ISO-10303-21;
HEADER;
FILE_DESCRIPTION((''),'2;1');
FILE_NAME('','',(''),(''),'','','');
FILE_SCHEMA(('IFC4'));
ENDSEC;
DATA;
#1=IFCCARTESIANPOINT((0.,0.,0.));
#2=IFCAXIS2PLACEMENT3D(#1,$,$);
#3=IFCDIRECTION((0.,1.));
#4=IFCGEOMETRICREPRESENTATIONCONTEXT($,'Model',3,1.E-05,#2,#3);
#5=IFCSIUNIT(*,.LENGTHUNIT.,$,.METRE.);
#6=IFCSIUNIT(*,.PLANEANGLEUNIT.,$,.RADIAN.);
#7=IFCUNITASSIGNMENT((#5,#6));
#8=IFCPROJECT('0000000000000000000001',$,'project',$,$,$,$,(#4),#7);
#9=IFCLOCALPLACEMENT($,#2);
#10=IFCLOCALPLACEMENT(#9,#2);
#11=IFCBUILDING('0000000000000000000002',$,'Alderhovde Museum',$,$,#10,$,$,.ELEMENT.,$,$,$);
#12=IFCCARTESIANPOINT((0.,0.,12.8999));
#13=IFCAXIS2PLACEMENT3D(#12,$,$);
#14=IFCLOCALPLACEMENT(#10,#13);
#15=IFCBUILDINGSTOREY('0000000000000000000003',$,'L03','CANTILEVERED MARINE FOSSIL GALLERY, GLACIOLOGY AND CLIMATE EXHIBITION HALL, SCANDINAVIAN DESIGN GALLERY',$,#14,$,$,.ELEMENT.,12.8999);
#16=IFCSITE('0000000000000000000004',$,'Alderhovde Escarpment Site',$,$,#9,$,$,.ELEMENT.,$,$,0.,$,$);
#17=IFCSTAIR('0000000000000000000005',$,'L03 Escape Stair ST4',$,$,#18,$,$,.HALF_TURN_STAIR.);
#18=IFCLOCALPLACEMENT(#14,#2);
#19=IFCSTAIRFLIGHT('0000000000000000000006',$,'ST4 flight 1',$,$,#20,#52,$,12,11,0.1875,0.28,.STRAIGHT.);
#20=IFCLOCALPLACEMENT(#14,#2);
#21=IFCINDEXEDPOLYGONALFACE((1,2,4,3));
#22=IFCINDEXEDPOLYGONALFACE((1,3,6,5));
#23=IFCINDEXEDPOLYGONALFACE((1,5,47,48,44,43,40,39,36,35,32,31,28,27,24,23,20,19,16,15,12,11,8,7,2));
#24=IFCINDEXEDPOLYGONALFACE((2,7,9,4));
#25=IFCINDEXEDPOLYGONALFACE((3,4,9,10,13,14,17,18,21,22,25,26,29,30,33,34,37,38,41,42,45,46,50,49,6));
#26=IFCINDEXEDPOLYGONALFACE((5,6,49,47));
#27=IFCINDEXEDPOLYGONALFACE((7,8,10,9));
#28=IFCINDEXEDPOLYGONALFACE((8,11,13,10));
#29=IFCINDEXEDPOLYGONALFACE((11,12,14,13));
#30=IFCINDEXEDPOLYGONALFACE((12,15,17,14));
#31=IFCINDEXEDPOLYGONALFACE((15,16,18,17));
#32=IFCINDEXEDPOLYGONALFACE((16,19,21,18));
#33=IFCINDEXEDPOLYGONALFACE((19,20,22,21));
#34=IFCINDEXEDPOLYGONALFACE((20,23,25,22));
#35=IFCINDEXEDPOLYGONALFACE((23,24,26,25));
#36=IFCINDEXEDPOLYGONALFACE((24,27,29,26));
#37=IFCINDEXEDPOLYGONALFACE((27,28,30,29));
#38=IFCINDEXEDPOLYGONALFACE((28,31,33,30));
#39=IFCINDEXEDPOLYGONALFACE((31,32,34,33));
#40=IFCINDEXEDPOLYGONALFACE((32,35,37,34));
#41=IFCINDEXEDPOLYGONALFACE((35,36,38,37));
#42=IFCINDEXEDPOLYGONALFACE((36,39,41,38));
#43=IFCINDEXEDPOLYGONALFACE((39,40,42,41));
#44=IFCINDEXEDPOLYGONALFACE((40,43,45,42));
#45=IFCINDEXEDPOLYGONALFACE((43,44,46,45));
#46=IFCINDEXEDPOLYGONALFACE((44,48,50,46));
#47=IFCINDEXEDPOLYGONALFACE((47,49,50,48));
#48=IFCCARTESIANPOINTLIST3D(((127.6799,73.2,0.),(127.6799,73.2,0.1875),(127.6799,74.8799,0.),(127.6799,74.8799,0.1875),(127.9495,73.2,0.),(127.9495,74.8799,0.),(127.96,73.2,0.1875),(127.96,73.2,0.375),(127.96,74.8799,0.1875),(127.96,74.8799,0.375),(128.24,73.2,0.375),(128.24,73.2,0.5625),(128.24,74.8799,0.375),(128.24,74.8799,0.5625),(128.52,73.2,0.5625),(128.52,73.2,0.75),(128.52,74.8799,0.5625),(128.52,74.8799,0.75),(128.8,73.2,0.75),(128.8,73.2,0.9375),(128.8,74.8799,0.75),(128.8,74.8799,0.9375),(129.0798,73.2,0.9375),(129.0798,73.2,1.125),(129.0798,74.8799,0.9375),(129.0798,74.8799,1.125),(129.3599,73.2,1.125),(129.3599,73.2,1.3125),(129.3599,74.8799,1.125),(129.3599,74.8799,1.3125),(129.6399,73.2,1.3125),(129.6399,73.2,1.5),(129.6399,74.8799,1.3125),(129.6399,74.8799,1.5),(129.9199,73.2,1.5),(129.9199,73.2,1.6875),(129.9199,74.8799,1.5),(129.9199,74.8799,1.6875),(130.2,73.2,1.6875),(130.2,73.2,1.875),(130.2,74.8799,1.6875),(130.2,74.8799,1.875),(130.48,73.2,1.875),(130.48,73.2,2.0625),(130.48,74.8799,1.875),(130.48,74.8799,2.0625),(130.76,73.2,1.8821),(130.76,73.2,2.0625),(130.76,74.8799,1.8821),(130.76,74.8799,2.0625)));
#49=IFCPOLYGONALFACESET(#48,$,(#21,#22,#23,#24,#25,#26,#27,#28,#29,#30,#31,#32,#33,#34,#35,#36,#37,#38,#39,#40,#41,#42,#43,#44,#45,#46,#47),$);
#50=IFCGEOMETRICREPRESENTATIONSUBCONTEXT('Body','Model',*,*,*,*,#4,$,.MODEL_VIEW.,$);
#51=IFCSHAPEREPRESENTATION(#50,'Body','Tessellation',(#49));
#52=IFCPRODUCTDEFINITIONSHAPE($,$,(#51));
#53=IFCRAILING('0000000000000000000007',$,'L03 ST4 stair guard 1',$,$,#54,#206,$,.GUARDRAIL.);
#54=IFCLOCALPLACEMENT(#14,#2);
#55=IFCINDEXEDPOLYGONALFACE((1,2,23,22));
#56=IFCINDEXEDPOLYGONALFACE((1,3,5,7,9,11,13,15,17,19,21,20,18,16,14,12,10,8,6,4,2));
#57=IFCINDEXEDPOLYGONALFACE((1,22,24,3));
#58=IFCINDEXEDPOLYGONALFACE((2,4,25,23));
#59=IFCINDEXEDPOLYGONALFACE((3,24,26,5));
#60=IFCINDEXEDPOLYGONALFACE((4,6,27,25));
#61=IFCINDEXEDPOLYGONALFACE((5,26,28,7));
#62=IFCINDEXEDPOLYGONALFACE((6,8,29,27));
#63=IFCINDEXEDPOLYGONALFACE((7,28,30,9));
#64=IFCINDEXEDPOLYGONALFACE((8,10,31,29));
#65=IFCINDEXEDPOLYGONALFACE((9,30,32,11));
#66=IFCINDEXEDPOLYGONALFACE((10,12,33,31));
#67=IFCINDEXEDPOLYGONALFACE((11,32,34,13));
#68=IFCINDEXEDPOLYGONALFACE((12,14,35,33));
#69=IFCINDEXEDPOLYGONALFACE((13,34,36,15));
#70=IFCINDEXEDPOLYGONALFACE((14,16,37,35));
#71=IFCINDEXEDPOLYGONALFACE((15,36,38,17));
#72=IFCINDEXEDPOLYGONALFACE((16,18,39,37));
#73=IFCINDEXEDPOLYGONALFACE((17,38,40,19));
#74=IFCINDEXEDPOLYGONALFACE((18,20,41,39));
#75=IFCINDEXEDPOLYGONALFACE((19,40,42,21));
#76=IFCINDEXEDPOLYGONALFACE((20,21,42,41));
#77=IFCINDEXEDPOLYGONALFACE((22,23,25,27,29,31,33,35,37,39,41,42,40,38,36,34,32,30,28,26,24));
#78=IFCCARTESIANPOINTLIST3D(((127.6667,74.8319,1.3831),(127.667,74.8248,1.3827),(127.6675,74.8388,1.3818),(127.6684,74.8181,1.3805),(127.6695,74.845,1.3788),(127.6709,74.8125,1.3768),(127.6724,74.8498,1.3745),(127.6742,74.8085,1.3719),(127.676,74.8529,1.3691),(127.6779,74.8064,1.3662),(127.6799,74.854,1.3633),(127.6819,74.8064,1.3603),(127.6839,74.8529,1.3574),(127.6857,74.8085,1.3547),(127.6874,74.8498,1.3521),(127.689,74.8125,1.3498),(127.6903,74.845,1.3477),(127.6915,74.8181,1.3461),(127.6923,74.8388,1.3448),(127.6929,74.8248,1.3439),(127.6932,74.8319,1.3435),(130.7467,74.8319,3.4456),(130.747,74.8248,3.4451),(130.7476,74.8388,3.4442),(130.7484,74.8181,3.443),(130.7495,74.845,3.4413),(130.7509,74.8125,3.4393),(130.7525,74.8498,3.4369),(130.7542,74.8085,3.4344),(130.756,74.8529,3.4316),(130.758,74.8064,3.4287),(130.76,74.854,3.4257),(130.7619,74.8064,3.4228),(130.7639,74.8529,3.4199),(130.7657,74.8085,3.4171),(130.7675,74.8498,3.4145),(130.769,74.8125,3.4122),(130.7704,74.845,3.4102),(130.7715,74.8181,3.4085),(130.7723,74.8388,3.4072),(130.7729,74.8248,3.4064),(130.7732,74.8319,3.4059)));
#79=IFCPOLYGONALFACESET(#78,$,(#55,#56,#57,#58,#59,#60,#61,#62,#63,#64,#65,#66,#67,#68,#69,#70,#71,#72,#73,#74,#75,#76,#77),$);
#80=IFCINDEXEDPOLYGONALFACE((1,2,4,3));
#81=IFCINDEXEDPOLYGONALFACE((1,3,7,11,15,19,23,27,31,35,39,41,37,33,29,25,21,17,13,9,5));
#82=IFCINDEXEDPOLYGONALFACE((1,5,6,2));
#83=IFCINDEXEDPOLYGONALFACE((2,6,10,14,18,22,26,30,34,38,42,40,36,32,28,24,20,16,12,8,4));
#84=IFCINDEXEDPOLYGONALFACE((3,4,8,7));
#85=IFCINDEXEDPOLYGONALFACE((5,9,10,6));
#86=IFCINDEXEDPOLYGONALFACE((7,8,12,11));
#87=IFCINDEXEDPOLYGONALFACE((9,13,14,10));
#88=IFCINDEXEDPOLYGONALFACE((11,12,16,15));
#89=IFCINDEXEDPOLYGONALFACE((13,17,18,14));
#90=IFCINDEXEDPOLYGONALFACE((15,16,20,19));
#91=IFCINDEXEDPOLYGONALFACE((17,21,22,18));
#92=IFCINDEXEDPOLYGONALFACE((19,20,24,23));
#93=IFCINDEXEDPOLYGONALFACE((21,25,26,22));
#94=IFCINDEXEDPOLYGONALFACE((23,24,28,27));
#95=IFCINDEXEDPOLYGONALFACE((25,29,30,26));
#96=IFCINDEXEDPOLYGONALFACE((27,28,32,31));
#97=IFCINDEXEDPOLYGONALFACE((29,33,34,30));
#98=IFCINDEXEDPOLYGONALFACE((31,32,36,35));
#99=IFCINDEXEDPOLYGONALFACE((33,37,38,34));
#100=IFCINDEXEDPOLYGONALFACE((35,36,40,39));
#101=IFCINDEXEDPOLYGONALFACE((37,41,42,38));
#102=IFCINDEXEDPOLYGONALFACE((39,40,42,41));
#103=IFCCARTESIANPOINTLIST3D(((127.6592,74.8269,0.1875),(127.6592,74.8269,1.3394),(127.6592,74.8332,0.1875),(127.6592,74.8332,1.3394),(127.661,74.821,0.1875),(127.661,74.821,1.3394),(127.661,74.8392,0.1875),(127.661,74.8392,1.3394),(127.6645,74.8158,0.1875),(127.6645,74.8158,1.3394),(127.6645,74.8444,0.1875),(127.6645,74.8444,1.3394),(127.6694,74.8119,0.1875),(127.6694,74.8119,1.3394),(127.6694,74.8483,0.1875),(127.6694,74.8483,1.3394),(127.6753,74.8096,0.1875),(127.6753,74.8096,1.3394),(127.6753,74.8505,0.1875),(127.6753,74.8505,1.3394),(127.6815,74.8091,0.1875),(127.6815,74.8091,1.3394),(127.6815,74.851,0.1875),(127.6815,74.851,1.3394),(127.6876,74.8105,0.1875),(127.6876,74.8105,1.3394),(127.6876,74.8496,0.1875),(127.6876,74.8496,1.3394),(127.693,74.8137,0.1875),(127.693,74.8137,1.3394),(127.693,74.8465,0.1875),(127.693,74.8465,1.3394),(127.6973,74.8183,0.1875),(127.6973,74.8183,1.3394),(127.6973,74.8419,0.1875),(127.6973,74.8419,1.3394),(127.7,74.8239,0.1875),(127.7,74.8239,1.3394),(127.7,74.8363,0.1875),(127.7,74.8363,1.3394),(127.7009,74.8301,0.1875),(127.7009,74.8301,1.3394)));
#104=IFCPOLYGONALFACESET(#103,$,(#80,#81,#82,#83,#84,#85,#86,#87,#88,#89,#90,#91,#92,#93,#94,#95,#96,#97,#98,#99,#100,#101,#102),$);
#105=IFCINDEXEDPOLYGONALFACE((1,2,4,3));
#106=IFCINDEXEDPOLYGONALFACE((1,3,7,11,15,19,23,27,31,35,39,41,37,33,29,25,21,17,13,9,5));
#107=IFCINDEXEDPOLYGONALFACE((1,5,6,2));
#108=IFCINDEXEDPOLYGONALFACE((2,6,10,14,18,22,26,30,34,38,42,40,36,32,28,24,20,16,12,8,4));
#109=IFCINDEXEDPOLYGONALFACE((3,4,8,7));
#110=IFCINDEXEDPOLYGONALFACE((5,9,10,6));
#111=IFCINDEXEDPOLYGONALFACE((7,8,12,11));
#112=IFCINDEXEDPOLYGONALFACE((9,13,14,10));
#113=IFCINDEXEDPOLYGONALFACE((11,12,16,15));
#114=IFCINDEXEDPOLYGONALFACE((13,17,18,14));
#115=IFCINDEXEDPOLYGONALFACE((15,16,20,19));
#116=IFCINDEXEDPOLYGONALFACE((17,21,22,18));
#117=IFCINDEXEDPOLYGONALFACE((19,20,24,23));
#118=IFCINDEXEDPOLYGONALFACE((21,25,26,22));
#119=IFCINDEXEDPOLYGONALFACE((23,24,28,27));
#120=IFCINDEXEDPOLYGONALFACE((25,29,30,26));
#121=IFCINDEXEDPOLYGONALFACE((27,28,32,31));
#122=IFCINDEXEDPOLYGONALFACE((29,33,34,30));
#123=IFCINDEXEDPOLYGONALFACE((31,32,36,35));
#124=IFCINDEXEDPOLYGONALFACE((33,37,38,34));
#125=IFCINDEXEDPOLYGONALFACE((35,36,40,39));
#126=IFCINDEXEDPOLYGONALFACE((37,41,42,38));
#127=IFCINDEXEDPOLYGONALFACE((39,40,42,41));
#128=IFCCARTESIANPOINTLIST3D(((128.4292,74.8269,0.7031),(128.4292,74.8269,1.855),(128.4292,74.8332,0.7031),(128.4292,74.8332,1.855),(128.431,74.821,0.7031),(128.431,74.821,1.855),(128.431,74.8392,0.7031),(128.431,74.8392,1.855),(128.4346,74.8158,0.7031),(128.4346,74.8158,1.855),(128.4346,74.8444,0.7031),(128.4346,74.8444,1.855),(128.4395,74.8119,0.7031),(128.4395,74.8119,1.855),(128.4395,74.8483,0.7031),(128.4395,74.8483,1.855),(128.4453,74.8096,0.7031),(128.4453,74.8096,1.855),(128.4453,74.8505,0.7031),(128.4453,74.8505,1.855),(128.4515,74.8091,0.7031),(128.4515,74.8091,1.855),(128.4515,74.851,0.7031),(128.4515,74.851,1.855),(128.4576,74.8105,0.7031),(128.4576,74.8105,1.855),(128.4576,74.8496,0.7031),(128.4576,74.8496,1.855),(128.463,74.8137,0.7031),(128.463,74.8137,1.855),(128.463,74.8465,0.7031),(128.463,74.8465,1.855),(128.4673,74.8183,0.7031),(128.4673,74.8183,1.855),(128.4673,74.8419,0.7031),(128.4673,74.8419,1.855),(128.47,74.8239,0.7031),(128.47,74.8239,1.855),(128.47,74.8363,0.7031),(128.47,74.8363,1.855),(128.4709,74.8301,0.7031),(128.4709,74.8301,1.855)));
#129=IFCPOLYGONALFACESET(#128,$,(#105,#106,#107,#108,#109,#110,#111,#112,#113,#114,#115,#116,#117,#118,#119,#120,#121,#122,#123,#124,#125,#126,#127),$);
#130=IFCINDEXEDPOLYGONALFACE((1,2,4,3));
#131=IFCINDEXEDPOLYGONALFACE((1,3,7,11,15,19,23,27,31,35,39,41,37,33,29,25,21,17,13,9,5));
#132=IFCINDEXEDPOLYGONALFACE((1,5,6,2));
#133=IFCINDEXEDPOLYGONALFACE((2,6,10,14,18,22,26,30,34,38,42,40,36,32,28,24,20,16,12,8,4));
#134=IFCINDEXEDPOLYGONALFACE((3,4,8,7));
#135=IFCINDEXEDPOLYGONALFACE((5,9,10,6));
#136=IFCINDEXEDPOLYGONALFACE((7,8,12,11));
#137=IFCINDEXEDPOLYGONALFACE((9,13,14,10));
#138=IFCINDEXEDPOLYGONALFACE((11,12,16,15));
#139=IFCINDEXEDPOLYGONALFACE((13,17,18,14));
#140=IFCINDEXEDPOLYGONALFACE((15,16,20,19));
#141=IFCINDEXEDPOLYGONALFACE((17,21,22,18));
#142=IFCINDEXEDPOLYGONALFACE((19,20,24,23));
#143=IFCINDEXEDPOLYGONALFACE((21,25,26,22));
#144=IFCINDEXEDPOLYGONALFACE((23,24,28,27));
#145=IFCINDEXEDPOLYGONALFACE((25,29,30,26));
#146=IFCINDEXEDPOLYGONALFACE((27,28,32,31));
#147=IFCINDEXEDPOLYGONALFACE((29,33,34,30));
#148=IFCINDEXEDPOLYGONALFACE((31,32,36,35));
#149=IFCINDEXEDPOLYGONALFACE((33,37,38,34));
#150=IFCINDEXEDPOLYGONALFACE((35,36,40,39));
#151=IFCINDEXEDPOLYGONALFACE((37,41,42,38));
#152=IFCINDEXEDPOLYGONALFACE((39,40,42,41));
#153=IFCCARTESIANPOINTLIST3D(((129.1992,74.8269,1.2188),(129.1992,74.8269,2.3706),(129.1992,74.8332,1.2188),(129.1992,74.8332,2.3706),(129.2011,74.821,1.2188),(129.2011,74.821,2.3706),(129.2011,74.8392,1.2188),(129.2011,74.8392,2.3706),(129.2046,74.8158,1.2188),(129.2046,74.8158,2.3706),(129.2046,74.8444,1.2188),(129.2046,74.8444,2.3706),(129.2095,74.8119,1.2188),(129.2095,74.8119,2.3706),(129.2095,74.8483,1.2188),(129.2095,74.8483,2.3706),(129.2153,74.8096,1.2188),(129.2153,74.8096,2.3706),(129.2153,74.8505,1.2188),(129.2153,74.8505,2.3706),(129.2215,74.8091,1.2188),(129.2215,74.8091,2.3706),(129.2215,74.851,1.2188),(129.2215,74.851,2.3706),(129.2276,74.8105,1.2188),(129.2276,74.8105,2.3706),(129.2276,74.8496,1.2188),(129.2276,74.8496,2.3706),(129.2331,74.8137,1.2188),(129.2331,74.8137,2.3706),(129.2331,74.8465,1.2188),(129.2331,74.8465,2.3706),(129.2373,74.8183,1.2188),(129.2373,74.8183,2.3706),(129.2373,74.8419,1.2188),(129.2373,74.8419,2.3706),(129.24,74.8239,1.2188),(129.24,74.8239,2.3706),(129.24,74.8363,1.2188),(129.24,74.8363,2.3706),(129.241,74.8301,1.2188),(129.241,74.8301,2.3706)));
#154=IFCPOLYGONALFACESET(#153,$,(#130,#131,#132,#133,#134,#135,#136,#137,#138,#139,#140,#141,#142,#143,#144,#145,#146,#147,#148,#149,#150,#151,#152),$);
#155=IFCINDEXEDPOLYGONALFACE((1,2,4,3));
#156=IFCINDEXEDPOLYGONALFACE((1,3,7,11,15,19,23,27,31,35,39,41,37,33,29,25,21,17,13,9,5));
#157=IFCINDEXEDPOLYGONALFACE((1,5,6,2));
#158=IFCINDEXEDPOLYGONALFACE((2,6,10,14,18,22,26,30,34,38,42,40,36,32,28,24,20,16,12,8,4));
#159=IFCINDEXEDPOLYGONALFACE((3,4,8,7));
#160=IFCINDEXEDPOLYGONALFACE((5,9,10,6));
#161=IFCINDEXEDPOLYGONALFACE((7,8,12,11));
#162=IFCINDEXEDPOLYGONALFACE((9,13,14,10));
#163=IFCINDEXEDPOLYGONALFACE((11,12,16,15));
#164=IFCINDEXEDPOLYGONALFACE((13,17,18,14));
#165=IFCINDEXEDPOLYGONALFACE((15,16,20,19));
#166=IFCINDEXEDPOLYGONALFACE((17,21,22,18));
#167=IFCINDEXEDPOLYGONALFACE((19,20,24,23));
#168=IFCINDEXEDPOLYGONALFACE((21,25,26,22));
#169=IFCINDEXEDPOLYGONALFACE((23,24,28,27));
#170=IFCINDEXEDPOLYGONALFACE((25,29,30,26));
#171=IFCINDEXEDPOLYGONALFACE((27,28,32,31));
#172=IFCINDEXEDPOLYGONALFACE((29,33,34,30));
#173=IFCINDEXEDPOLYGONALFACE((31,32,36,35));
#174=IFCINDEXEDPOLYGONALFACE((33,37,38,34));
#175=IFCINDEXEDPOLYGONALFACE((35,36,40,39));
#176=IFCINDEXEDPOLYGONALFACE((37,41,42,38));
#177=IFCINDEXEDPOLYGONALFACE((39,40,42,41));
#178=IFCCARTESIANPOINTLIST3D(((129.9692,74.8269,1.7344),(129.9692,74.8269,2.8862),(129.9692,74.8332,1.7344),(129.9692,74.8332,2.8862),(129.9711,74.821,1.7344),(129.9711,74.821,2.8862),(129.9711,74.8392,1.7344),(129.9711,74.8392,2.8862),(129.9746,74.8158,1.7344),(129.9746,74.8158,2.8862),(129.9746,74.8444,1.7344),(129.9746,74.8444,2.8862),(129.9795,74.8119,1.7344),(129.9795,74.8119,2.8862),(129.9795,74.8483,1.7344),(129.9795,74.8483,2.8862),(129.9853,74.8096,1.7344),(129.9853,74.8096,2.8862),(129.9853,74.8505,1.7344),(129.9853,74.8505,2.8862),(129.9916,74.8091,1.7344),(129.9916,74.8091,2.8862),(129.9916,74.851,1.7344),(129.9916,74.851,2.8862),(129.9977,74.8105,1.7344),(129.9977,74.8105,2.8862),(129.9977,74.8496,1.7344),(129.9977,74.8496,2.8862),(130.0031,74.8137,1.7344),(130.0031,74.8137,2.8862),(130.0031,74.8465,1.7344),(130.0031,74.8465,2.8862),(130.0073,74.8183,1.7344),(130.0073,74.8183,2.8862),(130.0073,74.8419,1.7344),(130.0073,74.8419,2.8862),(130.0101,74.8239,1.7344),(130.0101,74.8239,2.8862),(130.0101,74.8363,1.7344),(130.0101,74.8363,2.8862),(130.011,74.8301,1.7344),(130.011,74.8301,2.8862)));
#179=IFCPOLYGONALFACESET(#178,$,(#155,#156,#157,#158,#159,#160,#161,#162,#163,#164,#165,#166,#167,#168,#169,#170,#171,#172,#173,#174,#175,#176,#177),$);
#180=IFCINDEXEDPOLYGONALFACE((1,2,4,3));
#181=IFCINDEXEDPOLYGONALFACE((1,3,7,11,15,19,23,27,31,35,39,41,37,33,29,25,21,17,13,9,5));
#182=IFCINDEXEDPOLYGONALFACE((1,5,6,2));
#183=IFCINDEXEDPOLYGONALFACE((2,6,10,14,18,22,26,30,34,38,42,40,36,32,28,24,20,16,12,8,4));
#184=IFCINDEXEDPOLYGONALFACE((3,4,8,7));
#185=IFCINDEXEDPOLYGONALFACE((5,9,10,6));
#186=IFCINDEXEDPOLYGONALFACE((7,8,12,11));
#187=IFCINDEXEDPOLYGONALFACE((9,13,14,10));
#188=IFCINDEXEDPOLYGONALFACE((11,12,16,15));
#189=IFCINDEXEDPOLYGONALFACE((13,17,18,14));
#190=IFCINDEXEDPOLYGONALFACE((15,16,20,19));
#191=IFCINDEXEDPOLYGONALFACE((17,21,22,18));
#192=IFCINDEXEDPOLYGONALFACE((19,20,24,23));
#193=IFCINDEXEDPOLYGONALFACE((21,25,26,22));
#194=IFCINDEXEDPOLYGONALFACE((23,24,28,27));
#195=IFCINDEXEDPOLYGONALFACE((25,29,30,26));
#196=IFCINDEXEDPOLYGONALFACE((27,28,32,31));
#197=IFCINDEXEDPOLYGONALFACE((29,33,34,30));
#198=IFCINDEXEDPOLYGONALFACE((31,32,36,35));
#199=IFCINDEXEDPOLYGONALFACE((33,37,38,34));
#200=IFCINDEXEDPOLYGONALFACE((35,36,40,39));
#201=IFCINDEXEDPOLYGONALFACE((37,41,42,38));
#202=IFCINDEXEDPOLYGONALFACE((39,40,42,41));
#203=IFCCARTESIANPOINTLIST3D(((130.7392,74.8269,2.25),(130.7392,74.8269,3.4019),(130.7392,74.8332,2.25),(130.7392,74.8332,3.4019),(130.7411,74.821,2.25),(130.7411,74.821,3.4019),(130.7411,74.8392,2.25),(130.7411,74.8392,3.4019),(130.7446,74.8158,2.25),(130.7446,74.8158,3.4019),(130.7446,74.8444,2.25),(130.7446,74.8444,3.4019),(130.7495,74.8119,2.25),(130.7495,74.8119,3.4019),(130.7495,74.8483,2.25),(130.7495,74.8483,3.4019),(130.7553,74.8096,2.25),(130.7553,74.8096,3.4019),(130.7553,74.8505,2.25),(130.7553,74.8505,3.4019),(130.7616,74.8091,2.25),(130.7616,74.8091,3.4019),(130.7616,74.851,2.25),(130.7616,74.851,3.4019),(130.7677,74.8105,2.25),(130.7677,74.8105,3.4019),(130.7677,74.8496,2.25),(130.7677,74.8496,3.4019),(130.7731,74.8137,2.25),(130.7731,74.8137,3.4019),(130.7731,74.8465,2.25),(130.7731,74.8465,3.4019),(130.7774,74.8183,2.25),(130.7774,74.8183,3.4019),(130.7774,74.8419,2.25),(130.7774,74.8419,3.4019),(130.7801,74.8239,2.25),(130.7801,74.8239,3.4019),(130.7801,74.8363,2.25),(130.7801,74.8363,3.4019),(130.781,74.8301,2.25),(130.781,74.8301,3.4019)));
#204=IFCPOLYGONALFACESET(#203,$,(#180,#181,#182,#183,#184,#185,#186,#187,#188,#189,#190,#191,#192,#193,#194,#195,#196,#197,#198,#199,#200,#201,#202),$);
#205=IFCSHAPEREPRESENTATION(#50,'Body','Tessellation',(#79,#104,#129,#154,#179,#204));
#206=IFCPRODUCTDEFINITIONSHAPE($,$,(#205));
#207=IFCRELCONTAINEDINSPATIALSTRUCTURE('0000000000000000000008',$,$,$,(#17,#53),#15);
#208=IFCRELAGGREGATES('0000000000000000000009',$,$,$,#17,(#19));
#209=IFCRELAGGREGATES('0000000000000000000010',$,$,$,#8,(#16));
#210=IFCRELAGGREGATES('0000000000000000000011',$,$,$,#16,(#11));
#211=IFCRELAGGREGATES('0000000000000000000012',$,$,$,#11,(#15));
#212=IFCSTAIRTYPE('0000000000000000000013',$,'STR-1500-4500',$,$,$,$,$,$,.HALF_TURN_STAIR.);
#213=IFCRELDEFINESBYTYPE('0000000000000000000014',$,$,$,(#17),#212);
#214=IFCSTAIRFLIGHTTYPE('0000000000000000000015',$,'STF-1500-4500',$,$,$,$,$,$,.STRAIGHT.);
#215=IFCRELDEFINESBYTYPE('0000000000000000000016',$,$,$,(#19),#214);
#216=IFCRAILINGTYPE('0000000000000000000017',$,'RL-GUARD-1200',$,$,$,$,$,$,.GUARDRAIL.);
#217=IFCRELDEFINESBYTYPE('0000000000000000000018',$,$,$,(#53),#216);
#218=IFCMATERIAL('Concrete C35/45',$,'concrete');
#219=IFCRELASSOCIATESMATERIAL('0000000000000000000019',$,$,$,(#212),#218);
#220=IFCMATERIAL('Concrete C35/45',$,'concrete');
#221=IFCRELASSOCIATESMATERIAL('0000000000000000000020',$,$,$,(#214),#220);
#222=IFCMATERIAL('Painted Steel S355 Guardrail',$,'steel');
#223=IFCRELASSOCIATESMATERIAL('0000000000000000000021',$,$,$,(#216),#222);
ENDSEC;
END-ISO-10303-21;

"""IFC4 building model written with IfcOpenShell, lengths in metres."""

from ifc_helpers import new_model, si_unit, direction, frame, origin, origin_2d, place, context, subcontext, project, spatial, polyline, circle, outline, extrude, material, type_object, element, aggregate, save


model = new_model("IFC4")

# Units and contexts
model_context = context("Model", 3, precision=1e-05, world=origin(), true_north=direction((0.0, 1.0)))
body_context = subcontext(model_context, "Body", "Model", "MODEL_VIEW")
ifc_project = project(units=[si_unit("LENGTHUNIT", "METRE"), si_unit("PLANEANGLEUNIT", "RADIAN")], contexts=[model_context])

# Site, building, storey
site_placement = place(None, origin())
site = spatial("IfcSite", under=ifc_project, at=site_placement, Name="Alderhovde Escarpment Site", CompositionType="ELEMENT", RefElevation=0.0)
building_placement = place(site_placement, origin())
building = spatial("IfcBuilding", under=site, at=building_placement, Name="Alderhovde Museum", CompositionType="ELEMENT")
storey_placement = place(building_placement, frame((0.0, 0.0, 12.8999)))
storey = spatial("IfcBuildingStorey", under=building, at=storey_placement, Name="L03", Description="CANTILEVERED MARINE FOSSIL GALLERY, GLACIOLOGY AND CLIMATE EXHIBITION HALL, SCANDINAVIAN DESIGN GALLERY", CompositionType="ELEMENT", Elevation=12.8999)

# Stair, stair flight
ifc_material_1 = material(Name="Concrete C35/45", Category="concrete")
stair_type = type_object("IfcStairType", Name="STR-1500-4500", PredefinedType="HALF_TURN_STAIR", material=ifc_material_1)
stair_placement = place(storey_placement, origin())
stair = element("IfcStair", 1, at=stair_placement, inside=storey, type_object=stair_type, Name="L03 Escape Stair ST4", PredefinedType="HALF_TURN_STAIR")
ifc_material_2 = material(Name="Concrete C35/45", Category="concrete")
stair_flight_type = type_object("IfcStairFlightType", Name="STF-1500-4500", PredefinedType="STRAIGHT", material=ifc_material_2)
stair_flight_placement = place(storey_placement, frame((127.6799, 74.04, 0.0), z_axis=(0.0, 0.0, 1.0), x_axis=(1.0, 0.0, 0.0)))
stair_flight = element("IfcStairFlight", 2, at=stair_flight_placement, type_object=stair_flight_type, Name="ST4 flight 1", NumberOfRisers=12, NumberOfTreads=11, PredefinedType="STRAIGHT", RiserHeight=0.1875, TreadLength=0.28, context=body_context, shape_type="SweptSolid", body=[
    extrude(outline(polyline([(0.0, 0.0), (0.0, 0.1875), (0.28, 0.1875), (0.28, 0.375), (0.5601, 0.375), (0.5601, 0.5625), (0.8401, 0.5625), (0.8401, 0.75), (1.1201, 0.75), (1.1201, 0.9375), (1.3999, 0.9375), (1.3999, 1.125), (1.6799, 1.125), (1.6799, 1.3125), (1.96, 1.3125), (1.96, 1.5), (2.24, 1.5), (2.24, 1.6875), (2.52, 1.6875), (2.52, 1.875), (2.8, 1.875), (2.8, 2.0625), (3.0801, 2.0625), (3.0801, 2.25), (3.0801, 1.8821), (0.2695, 0.0), (0.0, 0.0)])), frame((0.0, 0.8398, 0.0), z_axis=(0.0, -1.0, 0.0), x_axis=(1.0, 0.0, 0.0)), (0.0, 0.0, 1.0), 1.6799),
])
aggregate(stair, [stair_flight])

# Railing
ifc_material_3 = material(Name="Painted Steel S355 Guardrail", Category="steel")
railing_type_1 = type_object("IfcRailingType", Name="RL-GUARD-1200", PredefinedType="GUARDRAIL", material=ifc_material_3)
railing_1_placement = place(storey_placement, frame((127.6799, 74.8301, 0.1875)))
element("IfcRailing", 3, at=railing_1_placement, inside=storey, type_object=railing_type_1, Name="L03 ST4 stair guard 1", PredefinedType="GUARDRAIL", context=body_context, shape_type="SweptSolid", body=[
    extrude(circle(Radius=0.0239, at=origin_2d()), frame((0.0, 0.0, 1.1758), z_axis=(0.830914, 0.0, 0.556401), x_axis=(0.0, 1.0, 0.0)), (0.0, 0.0, 1.0), 3.7068),
    extrude(circle(Radius=0.021, at=origin_2d()), origin(), (0.0, 0.0, 1.0), 1.1519),
    extrude(circle(Radius=0.021, at=origin_2d()), frame((0.77, 0.0, 0.5156)), (0.0, 0.0, 1.0), 1.1519),
    extrude(circle(Radius=0.021, at=origin_2d()), frame((1.54, 0.0, 1.0312)), (0.0, 0.0, 1.0), 1.1519),
    extrude(circle(Radius=0.021, at=origin_2d()), frame((2.3101, 0.0, 1.5469)), (0.0, 0.0, 1.0), 1.1519),
    extrude(circle(Radius=0.021, at=origin_2d()), frame((3.0801, 0.0, 2.0625)), (0.0, 0.0, 1.0), 1.1519),
])

save(model, "model.ifc")
